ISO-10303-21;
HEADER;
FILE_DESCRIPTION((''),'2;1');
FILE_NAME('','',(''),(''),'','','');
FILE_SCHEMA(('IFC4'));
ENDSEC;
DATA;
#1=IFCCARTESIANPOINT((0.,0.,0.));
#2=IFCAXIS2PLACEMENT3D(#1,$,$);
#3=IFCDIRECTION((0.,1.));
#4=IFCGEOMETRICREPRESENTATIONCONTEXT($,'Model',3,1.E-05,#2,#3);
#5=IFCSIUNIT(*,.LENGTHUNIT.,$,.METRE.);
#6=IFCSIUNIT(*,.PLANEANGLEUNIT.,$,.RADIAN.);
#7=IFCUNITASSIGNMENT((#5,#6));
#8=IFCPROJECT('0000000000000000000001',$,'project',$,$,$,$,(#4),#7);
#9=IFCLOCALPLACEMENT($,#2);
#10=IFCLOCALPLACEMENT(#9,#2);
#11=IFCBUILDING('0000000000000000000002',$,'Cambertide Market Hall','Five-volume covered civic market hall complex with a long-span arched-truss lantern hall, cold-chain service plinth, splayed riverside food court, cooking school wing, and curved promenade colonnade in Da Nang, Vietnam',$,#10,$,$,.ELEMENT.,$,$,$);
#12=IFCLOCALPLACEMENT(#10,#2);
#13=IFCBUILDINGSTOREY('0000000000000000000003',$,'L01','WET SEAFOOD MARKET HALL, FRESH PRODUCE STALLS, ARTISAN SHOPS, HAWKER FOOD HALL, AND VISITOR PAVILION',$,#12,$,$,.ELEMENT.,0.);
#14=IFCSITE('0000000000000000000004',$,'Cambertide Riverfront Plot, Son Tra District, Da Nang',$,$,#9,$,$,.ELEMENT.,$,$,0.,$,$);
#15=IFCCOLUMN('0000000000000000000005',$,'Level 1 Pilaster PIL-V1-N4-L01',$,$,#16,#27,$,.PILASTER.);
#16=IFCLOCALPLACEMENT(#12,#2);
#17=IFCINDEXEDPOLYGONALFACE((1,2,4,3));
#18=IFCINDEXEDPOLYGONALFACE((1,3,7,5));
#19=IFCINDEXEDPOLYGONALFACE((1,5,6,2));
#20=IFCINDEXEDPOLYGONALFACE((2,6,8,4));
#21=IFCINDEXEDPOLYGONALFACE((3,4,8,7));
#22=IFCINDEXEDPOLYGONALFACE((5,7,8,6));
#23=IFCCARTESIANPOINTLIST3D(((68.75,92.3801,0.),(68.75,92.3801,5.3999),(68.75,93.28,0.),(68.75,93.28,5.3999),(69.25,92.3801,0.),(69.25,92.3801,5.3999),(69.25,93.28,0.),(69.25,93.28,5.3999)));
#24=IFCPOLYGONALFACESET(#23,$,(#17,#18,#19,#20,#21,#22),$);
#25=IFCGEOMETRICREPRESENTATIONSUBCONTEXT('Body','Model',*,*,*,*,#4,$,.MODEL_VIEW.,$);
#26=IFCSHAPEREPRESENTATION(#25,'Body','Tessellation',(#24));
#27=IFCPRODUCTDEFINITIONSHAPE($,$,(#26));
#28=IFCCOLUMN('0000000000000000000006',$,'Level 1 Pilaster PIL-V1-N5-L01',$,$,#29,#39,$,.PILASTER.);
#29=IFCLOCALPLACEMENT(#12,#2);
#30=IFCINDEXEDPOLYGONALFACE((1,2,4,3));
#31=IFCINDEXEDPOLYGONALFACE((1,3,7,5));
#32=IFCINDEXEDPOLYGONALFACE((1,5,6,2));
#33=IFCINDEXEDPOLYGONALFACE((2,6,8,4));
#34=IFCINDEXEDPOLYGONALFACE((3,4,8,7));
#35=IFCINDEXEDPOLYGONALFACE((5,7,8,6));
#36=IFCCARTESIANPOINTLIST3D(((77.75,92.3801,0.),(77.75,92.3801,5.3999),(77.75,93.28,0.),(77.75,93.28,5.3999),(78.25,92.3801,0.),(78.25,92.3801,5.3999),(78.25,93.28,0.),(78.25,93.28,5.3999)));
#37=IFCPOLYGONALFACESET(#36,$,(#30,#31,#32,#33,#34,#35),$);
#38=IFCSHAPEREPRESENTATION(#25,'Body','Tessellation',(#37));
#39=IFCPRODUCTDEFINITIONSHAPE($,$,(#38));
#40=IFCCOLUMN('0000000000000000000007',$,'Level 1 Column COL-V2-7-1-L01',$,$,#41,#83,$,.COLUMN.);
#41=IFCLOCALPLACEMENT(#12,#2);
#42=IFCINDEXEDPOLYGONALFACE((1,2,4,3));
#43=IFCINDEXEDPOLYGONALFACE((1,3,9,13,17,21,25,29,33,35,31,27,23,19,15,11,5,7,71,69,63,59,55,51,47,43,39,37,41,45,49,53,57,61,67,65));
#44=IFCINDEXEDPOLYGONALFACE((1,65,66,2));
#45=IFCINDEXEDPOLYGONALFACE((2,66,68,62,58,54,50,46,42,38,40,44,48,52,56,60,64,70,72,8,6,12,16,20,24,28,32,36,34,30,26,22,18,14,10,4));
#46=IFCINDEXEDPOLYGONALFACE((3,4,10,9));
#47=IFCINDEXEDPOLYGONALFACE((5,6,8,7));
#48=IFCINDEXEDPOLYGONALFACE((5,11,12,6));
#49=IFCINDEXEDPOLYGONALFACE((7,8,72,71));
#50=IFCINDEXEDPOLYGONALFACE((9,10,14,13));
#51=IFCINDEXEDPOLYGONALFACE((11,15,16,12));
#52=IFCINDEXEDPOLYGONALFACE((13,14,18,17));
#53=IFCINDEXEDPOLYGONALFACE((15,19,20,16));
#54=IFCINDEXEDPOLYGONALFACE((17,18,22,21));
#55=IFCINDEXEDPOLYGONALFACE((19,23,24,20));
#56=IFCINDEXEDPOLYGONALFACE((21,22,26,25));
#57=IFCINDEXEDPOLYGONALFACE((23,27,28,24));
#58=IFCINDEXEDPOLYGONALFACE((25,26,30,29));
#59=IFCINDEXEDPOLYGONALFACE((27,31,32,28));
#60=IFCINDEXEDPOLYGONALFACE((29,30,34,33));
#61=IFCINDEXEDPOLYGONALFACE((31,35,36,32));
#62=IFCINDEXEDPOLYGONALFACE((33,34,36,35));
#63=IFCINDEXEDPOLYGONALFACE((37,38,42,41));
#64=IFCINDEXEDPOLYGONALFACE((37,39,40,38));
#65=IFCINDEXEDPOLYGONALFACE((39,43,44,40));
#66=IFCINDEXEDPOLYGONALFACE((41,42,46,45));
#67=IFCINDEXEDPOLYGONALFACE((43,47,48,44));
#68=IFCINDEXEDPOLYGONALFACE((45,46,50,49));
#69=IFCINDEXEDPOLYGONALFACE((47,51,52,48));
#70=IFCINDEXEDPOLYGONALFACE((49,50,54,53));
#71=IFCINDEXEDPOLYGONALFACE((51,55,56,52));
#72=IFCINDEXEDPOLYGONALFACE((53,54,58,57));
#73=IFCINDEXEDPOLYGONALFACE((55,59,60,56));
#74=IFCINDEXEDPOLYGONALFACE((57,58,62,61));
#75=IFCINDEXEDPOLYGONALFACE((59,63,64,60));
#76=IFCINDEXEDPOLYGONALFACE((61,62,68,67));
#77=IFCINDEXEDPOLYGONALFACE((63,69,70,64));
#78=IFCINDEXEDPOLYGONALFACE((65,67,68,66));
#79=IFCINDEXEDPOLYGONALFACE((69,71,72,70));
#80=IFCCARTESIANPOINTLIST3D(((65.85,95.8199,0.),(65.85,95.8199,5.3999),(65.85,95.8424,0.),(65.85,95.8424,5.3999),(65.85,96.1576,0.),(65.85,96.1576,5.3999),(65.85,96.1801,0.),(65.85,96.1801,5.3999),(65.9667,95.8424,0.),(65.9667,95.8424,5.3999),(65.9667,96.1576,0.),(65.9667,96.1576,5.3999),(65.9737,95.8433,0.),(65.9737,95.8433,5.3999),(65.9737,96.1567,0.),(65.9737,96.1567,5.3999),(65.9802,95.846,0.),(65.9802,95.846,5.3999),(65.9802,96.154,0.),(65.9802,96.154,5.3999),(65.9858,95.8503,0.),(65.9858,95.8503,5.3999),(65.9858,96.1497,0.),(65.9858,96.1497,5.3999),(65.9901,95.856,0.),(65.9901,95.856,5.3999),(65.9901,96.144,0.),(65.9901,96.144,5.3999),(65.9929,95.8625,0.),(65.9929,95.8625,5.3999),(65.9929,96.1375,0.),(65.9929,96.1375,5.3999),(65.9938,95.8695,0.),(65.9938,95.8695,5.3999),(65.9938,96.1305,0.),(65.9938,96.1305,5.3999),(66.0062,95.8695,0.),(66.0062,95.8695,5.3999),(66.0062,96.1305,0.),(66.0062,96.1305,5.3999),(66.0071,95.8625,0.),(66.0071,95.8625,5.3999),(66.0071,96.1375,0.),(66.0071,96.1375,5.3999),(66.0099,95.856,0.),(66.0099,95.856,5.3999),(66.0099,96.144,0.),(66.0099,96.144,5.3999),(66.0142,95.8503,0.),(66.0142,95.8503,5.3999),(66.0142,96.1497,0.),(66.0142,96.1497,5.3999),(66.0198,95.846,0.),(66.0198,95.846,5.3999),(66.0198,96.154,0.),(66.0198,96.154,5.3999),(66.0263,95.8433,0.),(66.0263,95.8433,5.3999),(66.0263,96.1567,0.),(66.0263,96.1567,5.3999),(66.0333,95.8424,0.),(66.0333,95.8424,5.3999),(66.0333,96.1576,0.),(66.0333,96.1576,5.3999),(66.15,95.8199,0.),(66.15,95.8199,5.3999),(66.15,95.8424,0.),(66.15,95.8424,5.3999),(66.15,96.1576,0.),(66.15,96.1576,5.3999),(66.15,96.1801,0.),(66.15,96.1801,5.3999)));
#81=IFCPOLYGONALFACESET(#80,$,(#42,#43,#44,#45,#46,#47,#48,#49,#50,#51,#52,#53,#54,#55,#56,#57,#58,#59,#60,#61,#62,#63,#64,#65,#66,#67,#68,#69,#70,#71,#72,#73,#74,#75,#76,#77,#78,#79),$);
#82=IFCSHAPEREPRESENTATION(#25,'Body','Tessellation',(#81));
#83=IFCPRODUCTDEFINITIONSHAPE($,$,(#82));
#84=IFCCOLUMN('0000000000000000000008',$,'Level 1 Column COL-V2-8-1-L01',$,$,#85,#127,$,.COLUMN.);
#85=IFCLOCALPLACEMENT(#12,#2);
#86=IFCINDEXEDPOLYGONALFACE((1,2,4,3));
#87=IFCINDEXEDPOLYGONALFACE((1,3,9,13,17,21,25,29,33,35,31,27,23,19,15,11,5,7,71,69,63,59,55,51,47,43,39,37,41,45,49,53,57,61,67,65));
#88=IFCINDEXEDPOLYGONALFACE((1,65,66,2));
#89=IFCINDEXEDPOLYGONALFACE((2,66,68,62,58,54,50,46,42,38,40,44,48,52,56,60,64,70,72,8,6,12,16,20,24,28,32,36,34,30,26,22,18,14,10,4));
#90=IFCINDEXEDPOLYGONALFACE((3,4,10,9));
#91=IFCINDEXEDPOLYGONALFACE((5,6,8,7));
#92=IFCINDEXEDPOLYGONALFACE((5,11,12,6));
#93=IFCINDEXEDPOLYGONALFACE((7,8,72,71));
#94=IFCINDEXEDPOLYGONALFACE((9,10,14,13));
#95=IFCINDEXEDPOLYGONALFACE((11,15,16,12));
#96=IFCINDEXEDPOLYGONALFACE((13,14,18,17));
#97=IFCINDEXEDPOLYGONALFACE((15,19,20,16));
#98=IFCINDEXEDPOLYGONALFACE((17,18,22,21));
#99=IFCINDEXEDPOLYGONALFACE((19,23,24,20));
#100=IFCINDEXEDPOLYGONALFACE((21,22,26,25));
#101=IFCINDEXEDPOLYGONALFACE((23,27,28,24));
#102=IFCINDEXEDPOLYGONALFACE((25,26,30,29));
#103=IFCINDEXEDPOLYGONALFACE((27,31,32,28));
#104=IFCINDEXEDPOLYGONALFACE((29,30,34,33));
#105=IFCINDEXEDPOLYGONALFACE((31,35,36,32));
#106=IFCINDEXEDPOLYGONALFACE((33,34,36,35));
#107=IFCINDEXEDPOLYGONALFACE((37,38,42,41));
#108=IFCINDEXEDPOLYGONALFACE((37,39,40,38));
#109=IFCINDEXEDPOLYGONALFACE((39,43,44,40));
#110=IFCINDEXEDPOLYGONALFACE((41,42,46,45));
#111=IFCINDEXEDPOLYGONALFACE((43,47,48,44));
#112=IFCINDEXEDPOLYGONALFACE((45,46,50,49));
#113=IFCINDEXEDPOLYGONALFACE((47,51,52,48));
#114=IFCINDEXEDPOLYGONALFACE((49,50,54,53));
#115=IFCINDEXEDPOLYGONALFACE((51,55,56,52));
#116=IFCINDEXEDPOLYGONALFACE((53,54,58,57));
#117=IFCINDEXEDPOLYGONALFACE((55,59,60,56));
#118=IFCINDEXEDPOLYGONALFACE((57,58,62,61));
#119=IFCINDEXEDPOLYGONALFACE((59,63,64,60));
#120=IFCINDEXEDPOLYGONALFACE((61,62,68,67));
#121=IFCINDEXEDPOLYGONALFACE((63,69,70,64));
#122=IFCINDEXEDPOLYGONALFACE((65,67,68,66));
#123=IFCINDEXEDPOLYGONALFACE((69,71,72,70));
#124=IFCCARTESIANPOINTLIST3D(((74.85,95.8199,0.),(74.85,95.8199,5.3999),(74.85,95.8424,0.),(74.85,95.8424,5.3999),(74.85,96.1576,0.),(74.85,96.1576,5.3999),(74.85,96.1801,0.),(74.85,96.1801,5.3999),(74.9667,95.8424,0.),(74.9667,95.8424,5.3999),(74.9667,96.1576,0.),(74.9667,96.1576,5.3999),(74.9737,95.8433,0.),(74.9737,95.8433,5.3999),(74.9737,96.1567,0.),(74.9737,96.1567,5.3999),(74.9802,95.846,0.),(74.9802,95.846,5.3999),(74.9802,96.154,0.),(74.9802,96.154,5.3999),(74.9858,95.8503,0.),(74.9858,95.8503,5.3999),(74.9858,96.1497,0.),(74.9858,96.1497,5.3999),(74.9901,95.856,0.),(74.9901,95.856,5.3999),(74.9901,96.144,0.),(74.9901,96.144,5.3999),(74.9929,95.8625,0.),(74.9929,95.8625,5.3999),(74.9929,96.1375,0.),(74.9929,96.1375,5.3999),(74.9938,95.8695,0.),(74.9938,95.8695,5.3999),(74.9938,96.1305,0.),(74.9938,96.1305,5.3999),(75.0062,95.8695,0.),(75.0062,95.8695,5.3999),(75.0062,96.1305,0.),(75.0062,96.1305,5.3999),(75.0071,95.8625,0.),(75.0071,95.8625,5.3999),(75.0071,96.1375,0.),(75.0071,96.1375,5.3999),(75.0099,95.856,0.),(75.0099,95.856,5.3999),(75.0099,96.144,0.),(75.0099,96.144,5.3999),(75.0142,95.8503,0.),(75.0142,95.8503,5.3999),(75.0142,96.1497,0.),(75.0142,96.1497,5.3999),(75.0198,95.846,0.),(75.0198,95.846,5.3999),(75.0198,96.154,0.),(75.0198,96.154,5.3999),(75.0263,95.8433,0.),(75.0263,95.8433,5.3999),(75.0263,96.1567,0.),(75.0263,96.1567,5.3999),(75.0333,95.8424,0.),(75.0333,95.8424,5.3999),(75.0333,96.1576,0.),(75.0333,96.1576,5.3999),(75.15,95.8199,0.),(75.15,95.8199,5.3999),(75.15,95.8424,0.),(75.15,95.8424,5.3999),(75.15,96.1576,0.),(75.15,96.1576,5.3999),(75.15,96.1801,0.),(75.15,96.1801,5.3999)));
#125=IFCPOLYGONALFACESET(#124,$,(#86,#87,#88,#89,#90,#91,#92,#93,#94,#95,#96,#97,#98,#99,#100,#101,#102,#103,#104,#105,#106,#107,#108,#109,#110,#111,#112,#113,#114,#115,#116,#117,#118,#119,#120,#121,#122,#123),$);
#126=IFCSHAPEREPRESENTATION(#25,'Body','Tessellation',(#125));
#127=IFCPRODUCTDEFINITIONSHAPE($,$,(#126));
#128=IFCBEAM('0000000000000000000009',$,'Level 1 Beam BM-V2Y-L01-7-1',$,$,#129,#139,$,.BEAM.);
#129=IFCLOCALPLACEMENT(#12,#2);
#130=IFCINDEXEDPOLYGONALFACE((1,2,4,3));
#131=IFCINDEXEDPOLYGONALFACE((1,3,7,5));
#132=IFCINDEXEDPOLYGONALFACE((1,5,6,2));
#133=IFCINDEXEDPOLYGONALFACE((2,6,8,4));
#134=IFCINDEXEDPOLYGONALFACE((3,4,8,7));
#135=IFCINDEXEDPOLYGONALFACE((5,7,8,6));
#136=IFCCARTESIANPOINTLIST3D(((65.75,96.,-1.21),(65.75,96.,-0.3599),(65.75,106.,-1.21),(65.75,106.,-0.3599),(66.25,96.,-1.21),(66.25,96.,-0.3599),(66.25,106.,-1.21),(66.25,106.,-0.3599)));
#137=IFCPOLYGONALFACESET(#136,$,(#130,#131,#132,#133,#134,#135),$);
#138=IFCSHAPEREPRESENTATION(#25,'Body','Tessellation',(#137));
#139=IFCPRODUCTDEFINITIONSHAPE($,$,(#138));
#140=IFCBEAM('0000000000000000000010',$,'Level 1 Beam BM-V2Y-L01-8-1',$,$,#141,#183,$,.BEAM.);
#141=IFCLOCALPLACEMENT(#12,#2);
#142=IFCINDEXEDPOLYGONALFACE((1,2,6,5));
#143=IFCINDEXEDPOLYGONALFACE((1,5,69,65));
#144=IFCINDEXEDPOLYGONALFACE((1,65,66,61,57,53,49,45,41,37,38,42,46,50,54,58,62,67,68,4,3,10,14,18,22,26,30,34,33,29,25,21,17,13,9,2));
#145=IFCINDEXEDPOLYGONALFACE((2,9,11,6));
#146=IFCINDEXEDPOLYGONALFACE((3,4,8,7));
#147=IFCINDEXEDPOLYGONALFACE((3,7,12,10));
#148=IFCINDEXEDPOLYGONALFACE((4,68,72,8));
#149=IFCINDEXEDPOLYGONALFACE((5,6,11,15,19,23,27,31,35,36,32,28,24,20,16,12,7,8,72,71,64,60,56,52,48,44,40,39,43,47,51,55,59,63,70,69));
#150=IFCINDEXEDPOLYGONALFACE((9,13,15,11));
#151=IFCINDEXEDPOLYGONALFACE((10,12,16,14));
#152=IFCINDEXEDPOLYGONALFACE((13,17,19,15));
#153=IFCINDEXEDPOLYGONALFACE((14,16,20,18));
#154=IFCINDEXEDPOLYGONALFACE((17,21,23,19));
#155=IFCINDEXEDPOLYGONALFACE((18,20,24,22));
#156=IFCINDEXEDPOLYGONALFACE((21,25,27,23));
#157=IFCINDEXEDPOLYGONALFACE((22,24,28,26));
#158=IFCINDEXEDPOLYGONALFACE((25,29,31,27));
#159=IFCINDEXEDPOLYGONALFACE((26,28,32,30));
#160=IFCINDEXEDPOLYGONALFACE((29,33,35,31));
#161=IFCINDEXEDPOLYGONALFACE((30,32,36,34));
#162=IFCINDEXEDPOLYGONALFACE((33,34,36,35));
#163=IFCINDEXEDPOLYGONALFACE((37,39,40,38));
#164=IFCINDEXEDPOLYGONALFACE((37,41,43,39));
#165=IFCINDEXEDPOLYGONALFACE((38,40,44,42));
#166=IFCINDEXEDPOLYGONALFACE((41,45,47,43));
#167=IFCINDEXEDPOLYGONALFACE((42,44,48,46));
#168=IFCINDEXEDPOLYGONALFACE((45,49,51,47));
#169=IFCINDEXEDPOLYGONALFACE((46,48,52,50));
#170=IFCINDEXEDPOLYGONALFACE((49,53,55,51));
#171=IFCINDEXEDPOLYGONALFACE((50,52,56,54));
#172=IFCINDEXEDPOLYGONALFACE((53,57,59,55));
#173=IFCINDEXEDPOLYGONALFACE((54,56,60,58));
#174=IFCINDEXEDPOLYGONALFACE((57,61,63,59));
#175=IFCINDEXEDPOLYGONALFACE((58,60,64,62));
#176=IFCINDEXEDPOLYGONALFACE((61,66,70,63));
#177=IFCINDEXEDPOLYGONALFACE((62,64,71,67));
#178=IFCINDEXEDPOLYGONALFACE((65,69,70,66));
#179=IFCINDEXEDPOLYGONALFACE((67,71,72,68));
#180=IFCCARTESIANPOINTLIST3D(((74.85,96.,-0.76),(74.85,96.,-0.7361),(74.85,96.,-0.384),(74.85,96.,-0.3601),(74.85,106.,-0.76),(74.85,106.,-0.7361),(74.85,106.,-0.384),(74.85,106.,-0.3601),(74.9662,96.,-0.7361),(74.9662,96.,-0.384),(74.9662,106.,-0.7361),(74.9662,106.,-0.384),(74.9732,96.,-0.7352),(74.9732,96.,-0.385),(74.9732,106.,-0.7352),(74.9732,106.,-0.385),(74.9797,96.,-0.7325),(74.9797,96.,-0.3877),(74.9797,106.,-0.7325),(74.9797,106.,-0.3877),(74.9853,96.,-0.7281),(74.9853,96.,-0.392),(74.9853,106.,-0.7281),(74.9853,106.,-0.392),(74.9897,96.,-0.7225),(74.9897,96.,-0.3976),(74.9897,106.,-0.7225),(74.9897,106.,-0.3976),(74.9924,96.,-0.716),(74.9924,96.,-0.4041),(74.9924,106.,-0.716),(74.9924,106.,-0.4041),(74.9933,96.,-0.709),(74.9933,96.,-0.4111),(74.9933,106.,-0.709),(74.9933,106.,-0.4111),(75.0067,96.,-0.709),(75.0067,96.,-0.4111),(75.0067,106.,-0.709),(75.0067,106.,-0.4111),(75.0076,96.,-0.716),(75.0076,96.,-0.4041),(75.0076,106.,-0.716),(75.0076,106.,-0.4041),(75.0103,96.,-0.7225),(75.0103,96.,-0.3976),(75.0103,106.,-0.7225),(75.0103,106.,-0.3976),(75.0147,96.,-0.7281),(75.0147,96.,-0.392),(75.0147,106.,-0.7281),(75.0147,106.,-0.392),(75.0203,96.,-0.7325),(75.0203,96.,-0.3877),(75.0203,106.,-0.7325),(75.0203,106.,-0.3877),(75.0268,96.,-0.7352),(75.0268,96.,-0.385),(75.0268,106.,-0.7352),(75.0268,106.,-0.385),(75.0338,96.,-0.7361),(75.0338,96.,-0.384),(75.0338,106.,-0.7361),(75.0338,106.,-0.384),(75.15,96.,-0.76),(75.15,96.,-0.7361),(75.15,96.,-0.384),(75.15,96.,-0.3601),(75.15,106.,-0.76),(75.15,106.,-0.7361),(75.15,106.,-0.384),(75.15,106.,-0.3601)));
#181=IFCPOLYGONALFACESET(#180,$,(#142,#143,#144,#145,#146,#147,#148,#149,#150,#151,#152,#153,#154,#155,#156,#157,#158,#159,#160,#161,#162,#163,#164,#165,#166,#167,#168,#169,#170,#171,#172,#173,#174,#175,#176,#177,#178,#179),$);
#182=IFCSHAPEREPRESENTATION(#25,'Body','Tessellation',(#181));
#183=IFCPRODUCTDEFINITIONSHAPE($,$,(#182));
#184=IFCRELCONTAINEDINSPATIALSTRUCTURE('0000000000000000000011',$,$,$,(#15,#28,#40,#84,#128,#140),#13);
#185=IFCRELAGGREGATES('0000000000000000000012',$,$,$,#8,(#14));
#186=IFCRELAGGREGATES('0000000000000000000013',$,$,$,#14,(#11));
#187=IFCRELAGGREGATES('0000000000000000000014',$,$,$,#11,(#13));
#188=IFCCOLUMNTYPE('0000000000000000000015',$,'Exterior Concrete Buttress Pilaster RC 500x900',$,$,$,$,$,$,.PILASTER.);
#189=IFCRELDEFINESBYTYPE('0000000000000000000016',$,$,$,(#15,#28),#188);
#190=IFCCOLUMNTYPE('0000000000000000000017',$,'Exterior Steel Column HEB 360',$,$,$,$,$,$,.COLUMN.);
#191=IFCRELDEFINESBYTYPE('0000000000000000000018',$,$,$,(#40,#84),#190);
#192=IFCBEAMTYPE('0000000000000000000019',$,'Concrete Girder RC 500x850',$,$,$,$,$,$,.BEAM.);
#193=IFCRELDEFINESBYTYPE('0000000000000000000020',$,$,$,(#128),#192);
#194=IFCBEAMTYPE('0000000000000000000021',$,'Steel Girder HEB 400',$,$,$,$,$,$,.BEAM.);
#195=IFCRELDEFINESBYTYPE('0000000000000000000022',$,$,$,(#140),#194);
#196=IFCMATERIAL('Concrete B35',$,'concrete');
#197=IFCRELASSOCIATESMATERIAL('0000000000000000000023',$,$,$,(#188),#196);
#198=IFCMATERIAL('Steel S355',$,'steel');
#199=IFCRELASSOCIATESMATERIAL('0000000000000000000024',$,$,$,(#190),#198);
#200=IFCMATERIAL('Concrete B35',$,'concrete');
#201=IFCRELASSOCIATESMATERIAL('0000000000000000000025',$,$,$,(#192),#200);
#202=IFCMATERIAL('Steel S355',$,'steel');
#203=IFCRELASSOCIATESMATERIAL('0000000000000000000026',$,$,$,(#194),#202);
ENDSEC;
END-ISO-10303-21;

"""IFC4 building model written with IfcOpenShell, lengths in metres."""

from ifc_helpers import new_model, si_unit, direction, frame, origin, origin_2d, place, context, subcontext, project, spatial, rectangle, i_section, extrude, material, material_profile, profile_set, type_object, element, save


model = new_model("IFC4")

# Units and contexts
model_context = context("Model", 3, precision=1e-05, world=origin(), true_north=direction((0.0, 1.0)))
body_context = subcontext(model_context, "Body", "Model", "MODEL_VIEW")
ifc_project = project(units=[si_unit("LENGTHUNIT", "METRE"), si_unit("PLANEANGLEUNIT", "RADIAN")], contexts=[model_context])

# Site, building, storey
site_placement = place(None, origin())
site = spatial("IfcSite", under=ifc_project, at=site_placement, Name="Cambertide Riverfront Plot, Son Tra District, Da Nang", CompositionType="ELEMENT", RefElevation=0.0)
building_placement = place(site_placement, origin())
building = spatial("IfcBuilding", under=site, at=building_placement, Name="Cambertide Market Hall", Description="Five-volume covered civic market hall complex with a long-span arched-truss lantern hall, cold-chain service plinth, splayed riverside food court, cooking school wing, and curved promenade colonnade in Da Nang, Vietnam", CompositionType="ELEMENT")
storey_placement = place(building_placement, origin())
storey = spatial("IfcBuildingStorey", under=building, at=storey_placement, Name="L01", Description="WET SEAFOOD MARKET HALL, FRESH PRODUCE STALLS, ARTISAN SHOPS, HAWKER FOOD HALL, AND VISITOR PAVILION", CompositionType="ELEMENT", Elevation=0.0)

# Columns
ifc_material_1 = material(Name="Concrete B35", Category="concrete")
ifc_material_profile_1 = material_profile(ifc_material_1, rectangle(XDim=0.5, YDim=0.8999, at=origin_2d()), Name="RC 500x900")
ifc_profile_set_1 = profile_set([ifc_material_profile_1], Name="Concrete B35")
column_type_1 = type_object("IfcColumnType", Name="Exterior Concrete Buttress Pilaster RC 500x900", PredefinedType="PILASTER", material=ifc_profile_set_1)
for number, where, z_axis, x_axis, name in (
    (1, (69.0, 92.8301, 0.0), (0.0, 0.0, 1.0), (1.0, 0.0, 0.0), "Level 1 Pilaster PIL-V1-N4-L01"),
    (2, (78.0, 92.8301, 0.0), (0.0, 0.0, 1.0), (1.0, 0.0, 0.0), "Level 1 Pilaster PIL-V1-N5-L01"),
):
    element("IfcColumn", number, at=place(storey_placement, frame(where, z_axis=z_axis, x_axis=x_axis)), inside=storey, type_object=column_type_1, Name=name, PredefinedType="PILASTER", context=body_context, shape_type="SweptSolid", body=[
        extrude(rectangle(XDim=0.5, YDim=0.8999, at=origin_2d()), origin(), (0.0, 0.0, 1.0), 5.3999),
    ])
ifc_material_2 = material(Name="Steel S355", Category="steel")
ifc_material_profile_2 = material_profile(ifc_material_2, i_section(OverallWidth=0.3, OverallDepth=0.3601, WebThickness=0.0125, FlangeThickness=0.0225, FilletRadius=0.0271, at=origin_2d()), Name="HEB 360")
ifc_profile_set_2 = profile_set([ifc_material_profile_2], Name="Steel S355")
column_type_2 = type_object("IfcColumnType", Name="Exterior Steel Column HEB 360", PredefinedType="COLUMN", material=ifc_profile_set_2)
for number, where, z_axis, x_axis, name in (
    (3, (66.0, 96.0, 0.0), (0.0, 0.0, 1.0), (1.0, 0.0, 0.0), "Level 1 Column COL-V2-7-1-L01"),
    (4, (75.0, 96.0, 0.0), (0.0, 0.0, 1.0), (1.0, 0.0, 0.0), "Level 1 Column COL-V2-8-1-L01"),
):
    element("IfcColumn", number, at=place(storey_placement, frame(where, z_axis=z_axis, x_axis=x_axis)), inside=storey, type_object=column_type_2, Name=name, PredefinedType="COLUMN", context=body_context, shape_type="SweptSolid", body=[
        extrude(i_section(OverallWidth=0.3, OverallDepth=0.3601, WebThickness=0.0125, FlangeThickness=0.0225, FilletRadius=0.0271, at=origin_2d()), origin(), (0.0, 0.0, 1.0), 5.3999),
    ])

# Beams
ifc_material_3 = material(Name="Concrete B35", Category="concrete")
ifc_material_profile_3 = material_profile(ifc_material_3, rectangle(XDim=0.5, YDim=0.8501, at=origin_2d()), Name="RC 500x850")
ifc_profile_set_3 = profile_set([ifc_material_profile_3], Name="Concrete B35")
beam_type_1 = type_object("IfcBeamType", Name="Concrete Girder RC 500x850", PredefinedType="BEAM", material=ifc_profile_set_3)
beam_1_placement = place(storey_placement, frame((66.0, 96.0, -0.7849), z_axis=(0.0, 1.0, 0.0), x_axis=(-1.0, 0.0, 0.0)))
element("IfcBeam", 5, at=beam_1_placement, inside=storey, type_object=beam_type_1, Name="Level 1 Beam BM-V2Y-L01-7-1", PredefinedType="BEAM", context=body_context, shape_type="SweptSolid", body=[
    extrude(rectangle(XDim=0.5, YDim=0.8501, at=origin_2d()), origin(), (0.0, 0.0, 1.0), 10.0),
])
ifc_material_4 = material(Name="Steel S355", Category="steel")
ifc_material_profile_4 = material_profile(ifc_material_4, i_section(OverallWidth=0.3, OverallDepth=0.3999, WebThickness=0.0134, FlangeThickness=0.0239, FilletRadius=0.0271, at=origin_2d()), Name="HEB 400")
ifc_profile_set_4 = profile_set([ifc_material_profile_4], Name="Steel S355")
beam_type_2 = type_object("IfcBeamType", Name="Steel Girder HEB 400", PredefinedType="BEAM", material=ifc_profile_set_4)
beam_2_placement = place(storey_placement, frame((75.0, 96.0, -0.5601), z_axis=(0.0, 1.0, 0.0), x_axis=(-1.0, 0.0, 0.0)))
element("IfcBeam", 6, at=beam_2_placement, inside=storey, type_object=beam_type_2, Name="Level 1 Beam BM-V2Y-L01-8-1", PredefinedType="BEAM", context=body_context, shape_type="SweptSolid", body=[
    extrude(i_section(OverallWidth=0.3, OverallDepth=0.3999, WebThickness=0.0134, FlangeThickness=0.0239, FilletRadius=0.0271, at=origin_2d()), origin(), (0.0, 0.0, 1.0), 10.0),
])

save(model, "model.ifc")
